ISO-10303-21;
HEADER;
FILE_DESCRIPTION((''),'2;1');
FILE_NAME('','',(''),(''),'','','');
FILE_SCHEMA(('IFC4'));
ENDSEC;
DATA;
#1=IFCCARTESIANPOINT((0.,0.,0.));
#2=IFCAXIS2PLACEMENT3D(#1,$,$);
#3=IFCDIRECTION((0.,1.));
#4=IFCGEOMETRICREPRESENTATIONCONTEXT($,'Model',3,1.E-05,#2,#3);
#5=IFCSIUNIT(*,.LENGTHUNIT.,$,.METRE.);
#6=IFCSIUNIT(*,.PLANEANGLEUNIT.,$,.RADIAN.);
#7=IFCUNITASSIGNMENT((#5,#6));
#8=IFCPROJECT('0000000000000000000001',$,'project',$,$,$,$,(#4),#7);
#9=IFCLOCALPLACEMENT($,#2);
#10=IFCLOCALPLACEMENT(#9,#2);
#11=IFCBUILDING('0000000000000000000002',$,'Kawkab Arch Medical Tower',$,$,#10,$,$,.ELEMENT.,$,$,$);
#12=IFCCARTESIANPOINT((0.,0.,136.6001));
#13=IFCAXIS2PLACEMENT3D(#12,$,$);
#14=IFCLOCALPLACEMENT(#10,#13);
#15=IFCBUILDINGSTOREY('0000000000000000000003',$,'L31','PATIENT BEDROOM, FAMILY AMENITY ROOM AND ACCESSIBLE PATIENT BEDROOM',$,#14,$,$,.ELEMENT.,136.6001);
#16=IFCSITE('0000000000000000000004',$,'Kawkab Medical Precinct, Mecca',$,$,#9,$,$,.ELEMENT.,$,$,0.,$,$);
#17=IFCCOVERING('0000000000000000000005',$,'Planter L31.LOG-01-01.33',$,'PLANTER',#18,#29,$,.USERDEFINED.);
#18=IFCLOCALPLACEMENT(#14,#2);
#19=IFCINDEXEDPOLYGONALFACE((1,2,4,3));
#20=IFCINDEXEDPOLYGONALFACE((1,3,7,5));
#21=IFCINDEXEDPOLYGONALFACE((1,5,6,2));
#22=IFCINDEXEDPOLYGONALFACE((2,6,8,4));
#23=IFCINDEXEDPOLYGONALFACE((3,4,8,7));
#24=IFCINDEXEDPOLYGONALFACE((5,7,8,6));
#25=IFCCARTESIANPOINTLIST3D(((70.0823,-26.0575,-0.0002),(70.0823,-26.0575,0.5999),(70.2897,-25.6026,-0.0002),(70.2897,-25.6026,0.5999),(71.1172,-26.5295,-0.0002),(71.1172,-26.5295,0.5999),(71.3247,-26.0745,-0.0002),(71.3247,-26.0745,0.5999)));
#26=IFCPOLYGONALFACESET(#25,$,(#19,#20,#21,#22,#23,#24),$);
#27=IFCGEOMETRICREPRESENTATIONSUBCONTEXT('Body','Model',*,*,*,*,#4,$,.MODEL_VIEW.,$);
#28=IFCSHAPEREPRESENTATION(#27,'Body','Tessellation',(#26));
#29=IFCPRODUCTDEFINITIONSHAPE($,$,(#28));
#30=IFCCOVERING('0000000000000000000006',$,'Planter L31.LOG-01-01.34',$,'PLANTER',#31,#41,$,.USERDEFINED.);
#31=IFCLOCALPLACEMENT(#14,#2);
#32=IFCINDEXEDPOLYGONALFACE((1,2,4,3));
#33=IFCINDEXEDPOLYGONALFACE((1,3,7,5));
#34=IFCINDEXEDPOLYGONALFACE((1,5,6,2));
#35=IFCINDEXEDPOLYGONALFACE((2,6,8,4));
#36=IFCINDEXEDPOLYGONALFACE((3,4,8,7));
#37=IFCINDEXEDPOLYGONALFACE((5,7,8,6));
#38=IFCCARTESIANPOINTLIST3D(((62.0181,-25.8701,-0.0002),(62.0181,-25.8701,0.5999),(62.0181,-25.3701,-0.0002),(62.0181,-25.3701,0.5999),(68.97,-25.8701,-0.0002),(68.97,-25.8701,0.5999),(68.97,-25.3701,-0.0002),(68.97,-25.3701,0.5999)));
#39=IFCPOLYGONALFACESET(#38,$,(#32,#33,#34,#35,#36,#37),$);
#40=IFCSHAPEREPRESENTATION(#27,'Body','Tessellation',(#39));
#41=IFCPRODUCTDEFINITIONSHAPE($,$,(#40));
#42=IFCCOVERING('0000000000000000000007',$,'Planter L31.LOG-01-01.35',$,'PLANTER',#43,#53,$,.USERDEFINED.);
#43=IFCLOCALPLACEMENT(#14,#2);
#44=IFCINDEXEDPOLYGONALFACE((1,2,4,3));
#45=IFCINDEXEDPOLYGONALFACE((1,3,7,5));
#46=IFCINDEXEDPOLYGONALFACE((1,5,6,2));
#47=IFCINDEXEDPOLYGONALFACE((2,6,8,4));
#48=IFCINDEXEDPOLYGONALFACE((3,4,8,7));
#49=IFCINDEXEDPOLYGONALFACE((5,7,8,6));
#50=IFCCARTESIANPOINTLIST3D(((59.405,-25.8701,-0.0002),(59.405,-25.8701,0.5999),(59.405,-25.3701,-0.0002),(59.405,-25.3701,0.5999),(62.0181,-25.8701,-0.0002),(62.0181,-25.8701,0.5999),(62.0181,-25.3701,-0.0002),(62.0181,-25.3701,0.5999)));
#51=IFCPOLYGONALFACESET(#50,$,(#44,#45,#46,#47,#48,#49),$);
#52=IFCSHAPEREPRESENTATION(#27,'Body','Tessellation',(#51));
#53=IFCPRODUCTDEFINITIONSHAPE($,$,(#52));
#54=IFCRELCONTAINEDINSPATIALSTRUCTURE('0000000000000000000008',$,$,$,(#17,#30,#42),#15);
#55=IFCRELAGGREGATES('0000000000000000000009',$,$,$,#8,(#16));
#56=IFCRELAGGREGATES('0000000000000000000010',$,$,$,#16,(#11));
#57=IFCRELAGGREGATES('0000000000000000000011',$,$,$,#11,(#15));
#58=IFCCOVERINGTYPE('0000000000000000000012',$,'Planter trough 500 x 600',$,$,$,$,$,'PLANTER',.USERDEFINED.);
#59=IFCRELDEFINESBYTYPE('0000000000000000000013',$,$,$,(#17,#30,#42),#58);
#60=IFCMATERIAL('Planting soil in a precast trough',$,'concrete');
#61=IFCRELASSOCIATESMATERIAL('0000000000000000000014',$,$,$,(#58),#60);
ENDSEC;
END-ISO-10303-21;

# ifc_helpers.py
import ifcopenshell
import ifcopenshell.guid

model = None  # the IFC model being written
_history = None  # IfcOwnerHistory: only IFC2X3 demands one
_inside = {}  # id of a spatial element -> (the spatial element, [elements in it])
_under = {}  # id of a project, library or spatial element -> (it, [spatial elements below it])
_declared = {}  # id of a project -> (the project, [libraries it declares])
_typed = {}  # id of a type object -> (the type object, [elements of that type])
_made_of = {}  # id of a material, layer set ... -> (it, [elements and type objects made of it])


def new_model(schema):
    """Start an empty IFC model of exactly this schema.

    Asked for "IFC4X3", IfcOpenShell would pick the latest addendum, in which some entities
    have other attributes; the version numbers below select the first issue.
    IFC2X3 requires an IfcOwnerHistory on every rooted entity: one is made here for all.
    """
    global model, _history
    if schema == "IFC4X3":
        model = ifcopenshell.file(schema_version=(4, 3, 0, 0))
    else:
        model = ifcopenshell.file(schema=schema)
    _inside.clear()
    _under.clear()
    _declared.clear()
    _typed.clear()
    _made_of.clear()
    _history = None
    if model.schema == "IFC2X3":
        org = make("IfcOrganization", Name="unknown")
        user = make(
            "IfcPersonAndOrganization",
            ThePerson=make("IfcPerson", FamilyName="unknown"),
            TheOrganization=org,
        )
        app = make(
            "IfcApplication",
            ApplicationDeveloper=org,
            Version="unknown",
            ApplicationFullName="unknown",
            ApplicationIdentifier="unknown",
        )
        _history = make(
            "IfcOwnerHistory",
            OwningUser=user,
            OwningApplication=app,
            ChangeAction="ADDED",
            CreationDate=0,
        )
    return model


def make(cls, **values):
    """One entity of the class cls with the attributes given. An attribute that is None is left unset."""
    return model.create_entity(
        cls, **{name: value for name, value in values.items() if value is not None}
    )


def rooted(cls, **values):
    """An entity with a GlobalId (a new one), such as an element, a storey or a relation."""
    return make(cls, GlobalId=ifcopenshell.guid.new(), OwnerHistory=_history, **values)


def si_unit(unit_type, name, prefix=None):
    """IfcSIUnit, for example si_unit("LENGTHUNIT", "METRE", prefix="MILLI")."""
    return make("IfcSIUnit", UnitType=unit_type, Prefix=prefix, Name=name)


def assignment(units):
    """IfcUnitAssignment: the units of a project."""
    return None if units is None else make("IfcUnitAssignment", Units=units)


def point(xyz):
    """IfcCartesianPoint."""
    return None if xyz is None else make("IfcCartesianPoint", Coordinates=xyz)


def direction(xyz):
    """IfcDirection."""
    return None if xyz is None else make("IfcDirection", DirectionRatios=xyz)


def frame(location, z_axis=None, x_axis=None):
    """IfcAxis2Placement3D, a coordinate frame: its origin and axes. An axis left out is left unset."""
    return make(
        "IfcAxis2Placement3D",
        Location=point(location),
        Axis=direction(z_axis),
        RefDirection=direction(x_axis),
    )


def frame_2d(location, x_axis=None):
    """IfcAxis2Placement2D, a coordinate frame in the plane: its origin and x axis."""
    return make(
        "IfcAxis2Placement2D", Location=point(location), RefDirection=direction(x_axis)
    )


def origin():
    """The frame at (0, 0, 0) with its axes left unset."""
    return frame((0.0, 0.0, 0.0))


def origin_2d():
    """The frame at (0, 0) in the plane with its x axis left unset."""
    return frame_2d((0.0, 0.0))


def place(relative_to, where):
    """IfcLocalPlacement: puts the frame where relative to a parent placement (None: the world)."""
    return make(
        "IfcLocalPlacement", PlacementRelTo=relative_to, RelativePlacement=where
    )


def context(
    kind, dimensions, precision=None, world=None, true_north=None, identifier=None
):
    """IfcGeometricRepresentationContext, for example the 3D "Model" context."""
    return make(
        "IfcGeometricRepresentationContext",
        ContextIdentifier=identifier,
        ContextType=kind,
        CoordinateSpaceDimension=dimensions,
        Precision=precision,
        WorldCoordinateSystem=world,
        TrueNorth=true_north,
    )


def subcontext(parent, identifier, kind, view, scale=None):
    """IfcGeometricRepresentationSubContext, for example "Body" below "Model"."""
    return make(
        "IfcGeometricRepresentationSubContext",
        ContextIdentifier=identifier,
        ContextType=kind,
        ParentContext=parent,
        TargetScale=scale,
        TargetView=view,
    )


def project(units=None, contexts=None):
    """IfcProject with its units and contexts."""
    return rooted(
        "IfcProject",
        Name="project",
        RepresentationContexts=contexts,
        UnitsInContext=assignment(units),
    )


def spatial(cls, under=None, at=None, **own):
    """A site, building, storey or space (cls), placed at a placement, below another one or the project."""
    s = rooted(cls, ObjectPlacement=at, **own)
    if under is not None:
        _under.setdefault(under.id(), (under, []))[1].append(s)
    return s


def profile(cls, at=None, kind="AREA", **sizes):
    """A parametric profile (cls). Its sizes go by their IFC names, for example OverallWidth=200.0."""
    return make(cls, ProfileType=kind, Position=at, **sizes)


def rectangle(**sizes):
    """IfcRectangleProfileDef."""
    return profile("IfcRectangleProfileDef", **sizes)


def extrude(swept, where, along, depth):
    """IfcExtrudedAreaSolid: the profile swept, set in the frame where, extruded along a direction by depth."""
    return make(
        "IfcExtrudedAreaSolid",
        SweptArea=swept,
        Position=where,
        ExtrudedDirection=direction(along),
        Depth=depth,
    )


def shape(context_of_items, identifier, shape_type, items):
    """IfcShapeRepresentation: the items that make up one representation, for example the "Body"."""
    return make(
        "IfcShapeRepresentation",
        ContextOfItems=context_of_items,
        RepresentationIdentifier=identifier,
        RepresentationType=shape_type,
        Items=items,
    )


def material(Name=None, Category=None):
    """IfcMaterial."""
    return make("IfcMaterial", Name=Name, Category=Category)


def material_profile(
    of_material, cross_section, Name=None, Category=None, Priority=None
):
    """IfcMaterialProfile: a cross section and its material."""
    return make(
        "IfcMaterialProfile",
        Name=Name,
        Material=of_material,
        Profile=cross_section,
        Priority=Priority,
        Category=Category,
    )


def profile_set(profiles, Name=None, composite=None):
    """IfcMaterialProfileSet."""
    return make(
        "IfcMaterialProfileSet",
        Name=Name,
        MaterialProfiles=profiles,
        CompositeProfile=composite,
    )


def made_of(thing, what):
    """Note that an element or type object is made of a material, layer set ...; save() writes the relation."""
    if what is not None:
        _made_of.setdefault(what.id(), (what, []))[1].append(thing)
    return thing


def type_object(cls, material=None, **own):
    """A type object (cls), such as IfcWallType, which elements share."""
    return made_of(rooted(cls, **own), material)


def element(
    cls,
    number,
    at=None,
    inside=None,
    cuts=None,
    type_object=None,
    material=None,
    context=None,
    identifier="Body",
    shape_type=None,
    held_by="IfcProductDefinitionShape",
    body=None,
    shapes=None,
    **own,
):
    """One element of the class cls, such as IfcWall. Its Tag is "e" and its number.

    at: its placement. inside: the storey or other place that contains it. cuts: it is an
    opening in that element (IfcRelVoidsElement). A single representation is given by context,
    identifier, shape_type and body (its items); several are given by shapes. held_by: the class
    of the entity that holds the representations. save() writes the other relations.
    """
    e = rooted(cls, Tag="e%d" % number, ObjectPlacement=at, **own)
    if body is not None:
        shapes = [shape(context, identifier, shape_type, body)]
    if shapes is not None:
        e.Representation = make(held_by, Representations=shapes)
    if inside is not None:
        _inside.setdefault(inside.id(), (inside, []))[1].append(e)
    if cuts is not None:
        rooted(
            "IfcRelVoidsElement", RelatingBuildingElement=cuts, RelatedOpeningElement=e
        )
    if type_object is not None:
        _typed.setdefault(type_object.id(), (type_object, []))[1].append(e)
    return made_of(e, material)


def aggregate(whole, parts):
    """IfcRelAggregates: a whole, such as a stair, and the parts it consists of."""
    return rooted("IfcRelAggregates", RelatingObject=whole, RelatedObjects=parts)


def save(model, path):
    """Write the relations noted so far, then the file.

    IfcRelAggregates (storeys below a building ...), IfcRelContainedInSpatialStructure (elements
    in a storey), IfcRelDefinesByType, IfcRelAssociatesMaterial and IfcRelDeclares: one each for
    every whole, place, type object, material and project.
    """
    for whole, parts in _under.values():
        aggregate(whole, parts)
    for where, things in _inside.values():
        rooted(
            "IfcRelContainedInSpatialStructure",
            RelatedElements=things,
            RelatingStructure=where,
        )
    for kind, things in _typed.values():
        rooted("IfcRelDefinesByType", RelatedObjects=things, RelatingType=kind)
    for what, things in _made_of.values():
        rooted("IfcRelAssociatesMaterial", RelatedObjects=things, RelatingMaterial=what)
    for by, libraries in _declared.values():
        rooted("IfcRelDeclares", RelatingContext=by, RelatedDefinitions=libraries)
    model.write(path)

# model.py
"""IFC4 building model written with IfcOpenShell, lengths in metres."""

from ifc_helpers import new_model, si_unit, direction, frame, origin, origin_2d, place, context, subcontext, project, spatial, rectangle, extrude, material, material_profile, profile_set, type_object, element, save


model = new_model("IFC4")

# Units and contexts
model_context = context("Model", 3, precision=1e-05, world=origin(), true_north=direction((0.0, 1.0)))
body_context = subcontext(model_context, "Body", "Model", "MODEL_VIEW")
ifc_project = project(units=[si_unit("LENGTHUNIT", "METRE"), si_unit("PLANEANGLEUNIT", "RADIAN")], contexts=[model_context])

# Site, building, storey
site_placement = place(None, origin())
site = spatial("IfcSite", under=ifc_project, at=site_placement, Name="Kawkab Medical Precinct, Mecca", CompositionType="ELEMENT", RefElevation=0.0)
building_placement = place(site_placement, origin())
building = spatial("IfcBuilding", under=site, at=building_placement, Name="Kawkab Arch Medical Tower", CompositionType="ELEMENT")
storey_placement = place(building_placement, frame((0.0, 0.0, 136.6001)))
storey = spatial("IfcBuildingStorey", under=building, at=storey_placement, Name="L31", Description="PATIENT BEDROOM, FAMILY AMENITY ROOM AND ACCESSIBLE PATIENT BEDROOM", CompositionType="ELEMENT", Elevation=136.6001)

# Coverings
ifc_material_1 = material(Name="Planting soil in a precast trough", Category="concrete")
ifc_material_profile_1 = material_profile(ifc_material_1, rectangle(XDim=0.5, YDim=0.6001, at=origin_2d()), Name="Trough 500x600")
ifc_profile_set_1 = profile_set([ifc_material_profile_1], Name="Planting soil in a precast trough")
covering_type_1 = type_object("IfcCoveringType", Name="Planter trough 500 x 600", ElementType="PLANTER", PredefinedType="USERDEFINED", material=ifc_profile_set_1)
covering_1_placement = place(storey_placement, frame((71.2209, -26.302, 0.2998), z_axis=(-0.909866, 0.414902, 0.0), x_axis=(-0.414902, -0.909866, 0.0)))
element("IfcCovering", 1, at=covering_1_placement, inside=storey, type_object=covering_type_1, Name="Planter L31.LOG-01-01.33", ObjectType="PLANTER", PredefinedType="USERDEFINED", context=body_context, shape_type="SweptSolid", body=[
    extrude(rectangle(XDim=0.5, YDim=0.6001, at=origin_2d()), origin(), (0.0, 0.0, 1.0), 1.1375),
])
covering_2_placement = place(storey_placement, frame((68.97, -25.6201, 0.2998), z_axis=(-1.0, 0.0, 0.0), x_axis=(0.0, -1.0, 0.0)))
element("IfcCovering", 2, at=covering_2_placement, inside=storey, type_object=covering_type_1, Name="Planter L31.LOG-01-01.34", ObjectType="PLANTER", PredefinedType="USERDEFINED", context=body_context, shape_type="SweptSolid", body=[
    extrude(rectangle(XDim=0.5, YDim=0.6001, at=origin_2d()), origin(), (0.0, 0.0, 1.0), 6.9519),
])
covering_3_placement = place(storey_placement, frame((62.0181, -25.6201, 0.2998), z_axis=(-1.0, 0.0, 0.0), x_axis=(0.0, -1.0, 0.0)))
element("IfcCovering", 3, at=covering_3_placement, inside=storey, type_object=covering_type_1, Name="Planter L31.LOG-01-01.35", ObjectType="PLANTER", PredefinedType="USERDEFINED", context=body_context, shape_type="SweptSolid", body=[
    extrude(rectangle(XDim=0.5, YDim=0.6001, at=origin_2d()), origin(), (0.0, 0.0, 1.0), 2.613),
])

save(model, "model.ifc")
